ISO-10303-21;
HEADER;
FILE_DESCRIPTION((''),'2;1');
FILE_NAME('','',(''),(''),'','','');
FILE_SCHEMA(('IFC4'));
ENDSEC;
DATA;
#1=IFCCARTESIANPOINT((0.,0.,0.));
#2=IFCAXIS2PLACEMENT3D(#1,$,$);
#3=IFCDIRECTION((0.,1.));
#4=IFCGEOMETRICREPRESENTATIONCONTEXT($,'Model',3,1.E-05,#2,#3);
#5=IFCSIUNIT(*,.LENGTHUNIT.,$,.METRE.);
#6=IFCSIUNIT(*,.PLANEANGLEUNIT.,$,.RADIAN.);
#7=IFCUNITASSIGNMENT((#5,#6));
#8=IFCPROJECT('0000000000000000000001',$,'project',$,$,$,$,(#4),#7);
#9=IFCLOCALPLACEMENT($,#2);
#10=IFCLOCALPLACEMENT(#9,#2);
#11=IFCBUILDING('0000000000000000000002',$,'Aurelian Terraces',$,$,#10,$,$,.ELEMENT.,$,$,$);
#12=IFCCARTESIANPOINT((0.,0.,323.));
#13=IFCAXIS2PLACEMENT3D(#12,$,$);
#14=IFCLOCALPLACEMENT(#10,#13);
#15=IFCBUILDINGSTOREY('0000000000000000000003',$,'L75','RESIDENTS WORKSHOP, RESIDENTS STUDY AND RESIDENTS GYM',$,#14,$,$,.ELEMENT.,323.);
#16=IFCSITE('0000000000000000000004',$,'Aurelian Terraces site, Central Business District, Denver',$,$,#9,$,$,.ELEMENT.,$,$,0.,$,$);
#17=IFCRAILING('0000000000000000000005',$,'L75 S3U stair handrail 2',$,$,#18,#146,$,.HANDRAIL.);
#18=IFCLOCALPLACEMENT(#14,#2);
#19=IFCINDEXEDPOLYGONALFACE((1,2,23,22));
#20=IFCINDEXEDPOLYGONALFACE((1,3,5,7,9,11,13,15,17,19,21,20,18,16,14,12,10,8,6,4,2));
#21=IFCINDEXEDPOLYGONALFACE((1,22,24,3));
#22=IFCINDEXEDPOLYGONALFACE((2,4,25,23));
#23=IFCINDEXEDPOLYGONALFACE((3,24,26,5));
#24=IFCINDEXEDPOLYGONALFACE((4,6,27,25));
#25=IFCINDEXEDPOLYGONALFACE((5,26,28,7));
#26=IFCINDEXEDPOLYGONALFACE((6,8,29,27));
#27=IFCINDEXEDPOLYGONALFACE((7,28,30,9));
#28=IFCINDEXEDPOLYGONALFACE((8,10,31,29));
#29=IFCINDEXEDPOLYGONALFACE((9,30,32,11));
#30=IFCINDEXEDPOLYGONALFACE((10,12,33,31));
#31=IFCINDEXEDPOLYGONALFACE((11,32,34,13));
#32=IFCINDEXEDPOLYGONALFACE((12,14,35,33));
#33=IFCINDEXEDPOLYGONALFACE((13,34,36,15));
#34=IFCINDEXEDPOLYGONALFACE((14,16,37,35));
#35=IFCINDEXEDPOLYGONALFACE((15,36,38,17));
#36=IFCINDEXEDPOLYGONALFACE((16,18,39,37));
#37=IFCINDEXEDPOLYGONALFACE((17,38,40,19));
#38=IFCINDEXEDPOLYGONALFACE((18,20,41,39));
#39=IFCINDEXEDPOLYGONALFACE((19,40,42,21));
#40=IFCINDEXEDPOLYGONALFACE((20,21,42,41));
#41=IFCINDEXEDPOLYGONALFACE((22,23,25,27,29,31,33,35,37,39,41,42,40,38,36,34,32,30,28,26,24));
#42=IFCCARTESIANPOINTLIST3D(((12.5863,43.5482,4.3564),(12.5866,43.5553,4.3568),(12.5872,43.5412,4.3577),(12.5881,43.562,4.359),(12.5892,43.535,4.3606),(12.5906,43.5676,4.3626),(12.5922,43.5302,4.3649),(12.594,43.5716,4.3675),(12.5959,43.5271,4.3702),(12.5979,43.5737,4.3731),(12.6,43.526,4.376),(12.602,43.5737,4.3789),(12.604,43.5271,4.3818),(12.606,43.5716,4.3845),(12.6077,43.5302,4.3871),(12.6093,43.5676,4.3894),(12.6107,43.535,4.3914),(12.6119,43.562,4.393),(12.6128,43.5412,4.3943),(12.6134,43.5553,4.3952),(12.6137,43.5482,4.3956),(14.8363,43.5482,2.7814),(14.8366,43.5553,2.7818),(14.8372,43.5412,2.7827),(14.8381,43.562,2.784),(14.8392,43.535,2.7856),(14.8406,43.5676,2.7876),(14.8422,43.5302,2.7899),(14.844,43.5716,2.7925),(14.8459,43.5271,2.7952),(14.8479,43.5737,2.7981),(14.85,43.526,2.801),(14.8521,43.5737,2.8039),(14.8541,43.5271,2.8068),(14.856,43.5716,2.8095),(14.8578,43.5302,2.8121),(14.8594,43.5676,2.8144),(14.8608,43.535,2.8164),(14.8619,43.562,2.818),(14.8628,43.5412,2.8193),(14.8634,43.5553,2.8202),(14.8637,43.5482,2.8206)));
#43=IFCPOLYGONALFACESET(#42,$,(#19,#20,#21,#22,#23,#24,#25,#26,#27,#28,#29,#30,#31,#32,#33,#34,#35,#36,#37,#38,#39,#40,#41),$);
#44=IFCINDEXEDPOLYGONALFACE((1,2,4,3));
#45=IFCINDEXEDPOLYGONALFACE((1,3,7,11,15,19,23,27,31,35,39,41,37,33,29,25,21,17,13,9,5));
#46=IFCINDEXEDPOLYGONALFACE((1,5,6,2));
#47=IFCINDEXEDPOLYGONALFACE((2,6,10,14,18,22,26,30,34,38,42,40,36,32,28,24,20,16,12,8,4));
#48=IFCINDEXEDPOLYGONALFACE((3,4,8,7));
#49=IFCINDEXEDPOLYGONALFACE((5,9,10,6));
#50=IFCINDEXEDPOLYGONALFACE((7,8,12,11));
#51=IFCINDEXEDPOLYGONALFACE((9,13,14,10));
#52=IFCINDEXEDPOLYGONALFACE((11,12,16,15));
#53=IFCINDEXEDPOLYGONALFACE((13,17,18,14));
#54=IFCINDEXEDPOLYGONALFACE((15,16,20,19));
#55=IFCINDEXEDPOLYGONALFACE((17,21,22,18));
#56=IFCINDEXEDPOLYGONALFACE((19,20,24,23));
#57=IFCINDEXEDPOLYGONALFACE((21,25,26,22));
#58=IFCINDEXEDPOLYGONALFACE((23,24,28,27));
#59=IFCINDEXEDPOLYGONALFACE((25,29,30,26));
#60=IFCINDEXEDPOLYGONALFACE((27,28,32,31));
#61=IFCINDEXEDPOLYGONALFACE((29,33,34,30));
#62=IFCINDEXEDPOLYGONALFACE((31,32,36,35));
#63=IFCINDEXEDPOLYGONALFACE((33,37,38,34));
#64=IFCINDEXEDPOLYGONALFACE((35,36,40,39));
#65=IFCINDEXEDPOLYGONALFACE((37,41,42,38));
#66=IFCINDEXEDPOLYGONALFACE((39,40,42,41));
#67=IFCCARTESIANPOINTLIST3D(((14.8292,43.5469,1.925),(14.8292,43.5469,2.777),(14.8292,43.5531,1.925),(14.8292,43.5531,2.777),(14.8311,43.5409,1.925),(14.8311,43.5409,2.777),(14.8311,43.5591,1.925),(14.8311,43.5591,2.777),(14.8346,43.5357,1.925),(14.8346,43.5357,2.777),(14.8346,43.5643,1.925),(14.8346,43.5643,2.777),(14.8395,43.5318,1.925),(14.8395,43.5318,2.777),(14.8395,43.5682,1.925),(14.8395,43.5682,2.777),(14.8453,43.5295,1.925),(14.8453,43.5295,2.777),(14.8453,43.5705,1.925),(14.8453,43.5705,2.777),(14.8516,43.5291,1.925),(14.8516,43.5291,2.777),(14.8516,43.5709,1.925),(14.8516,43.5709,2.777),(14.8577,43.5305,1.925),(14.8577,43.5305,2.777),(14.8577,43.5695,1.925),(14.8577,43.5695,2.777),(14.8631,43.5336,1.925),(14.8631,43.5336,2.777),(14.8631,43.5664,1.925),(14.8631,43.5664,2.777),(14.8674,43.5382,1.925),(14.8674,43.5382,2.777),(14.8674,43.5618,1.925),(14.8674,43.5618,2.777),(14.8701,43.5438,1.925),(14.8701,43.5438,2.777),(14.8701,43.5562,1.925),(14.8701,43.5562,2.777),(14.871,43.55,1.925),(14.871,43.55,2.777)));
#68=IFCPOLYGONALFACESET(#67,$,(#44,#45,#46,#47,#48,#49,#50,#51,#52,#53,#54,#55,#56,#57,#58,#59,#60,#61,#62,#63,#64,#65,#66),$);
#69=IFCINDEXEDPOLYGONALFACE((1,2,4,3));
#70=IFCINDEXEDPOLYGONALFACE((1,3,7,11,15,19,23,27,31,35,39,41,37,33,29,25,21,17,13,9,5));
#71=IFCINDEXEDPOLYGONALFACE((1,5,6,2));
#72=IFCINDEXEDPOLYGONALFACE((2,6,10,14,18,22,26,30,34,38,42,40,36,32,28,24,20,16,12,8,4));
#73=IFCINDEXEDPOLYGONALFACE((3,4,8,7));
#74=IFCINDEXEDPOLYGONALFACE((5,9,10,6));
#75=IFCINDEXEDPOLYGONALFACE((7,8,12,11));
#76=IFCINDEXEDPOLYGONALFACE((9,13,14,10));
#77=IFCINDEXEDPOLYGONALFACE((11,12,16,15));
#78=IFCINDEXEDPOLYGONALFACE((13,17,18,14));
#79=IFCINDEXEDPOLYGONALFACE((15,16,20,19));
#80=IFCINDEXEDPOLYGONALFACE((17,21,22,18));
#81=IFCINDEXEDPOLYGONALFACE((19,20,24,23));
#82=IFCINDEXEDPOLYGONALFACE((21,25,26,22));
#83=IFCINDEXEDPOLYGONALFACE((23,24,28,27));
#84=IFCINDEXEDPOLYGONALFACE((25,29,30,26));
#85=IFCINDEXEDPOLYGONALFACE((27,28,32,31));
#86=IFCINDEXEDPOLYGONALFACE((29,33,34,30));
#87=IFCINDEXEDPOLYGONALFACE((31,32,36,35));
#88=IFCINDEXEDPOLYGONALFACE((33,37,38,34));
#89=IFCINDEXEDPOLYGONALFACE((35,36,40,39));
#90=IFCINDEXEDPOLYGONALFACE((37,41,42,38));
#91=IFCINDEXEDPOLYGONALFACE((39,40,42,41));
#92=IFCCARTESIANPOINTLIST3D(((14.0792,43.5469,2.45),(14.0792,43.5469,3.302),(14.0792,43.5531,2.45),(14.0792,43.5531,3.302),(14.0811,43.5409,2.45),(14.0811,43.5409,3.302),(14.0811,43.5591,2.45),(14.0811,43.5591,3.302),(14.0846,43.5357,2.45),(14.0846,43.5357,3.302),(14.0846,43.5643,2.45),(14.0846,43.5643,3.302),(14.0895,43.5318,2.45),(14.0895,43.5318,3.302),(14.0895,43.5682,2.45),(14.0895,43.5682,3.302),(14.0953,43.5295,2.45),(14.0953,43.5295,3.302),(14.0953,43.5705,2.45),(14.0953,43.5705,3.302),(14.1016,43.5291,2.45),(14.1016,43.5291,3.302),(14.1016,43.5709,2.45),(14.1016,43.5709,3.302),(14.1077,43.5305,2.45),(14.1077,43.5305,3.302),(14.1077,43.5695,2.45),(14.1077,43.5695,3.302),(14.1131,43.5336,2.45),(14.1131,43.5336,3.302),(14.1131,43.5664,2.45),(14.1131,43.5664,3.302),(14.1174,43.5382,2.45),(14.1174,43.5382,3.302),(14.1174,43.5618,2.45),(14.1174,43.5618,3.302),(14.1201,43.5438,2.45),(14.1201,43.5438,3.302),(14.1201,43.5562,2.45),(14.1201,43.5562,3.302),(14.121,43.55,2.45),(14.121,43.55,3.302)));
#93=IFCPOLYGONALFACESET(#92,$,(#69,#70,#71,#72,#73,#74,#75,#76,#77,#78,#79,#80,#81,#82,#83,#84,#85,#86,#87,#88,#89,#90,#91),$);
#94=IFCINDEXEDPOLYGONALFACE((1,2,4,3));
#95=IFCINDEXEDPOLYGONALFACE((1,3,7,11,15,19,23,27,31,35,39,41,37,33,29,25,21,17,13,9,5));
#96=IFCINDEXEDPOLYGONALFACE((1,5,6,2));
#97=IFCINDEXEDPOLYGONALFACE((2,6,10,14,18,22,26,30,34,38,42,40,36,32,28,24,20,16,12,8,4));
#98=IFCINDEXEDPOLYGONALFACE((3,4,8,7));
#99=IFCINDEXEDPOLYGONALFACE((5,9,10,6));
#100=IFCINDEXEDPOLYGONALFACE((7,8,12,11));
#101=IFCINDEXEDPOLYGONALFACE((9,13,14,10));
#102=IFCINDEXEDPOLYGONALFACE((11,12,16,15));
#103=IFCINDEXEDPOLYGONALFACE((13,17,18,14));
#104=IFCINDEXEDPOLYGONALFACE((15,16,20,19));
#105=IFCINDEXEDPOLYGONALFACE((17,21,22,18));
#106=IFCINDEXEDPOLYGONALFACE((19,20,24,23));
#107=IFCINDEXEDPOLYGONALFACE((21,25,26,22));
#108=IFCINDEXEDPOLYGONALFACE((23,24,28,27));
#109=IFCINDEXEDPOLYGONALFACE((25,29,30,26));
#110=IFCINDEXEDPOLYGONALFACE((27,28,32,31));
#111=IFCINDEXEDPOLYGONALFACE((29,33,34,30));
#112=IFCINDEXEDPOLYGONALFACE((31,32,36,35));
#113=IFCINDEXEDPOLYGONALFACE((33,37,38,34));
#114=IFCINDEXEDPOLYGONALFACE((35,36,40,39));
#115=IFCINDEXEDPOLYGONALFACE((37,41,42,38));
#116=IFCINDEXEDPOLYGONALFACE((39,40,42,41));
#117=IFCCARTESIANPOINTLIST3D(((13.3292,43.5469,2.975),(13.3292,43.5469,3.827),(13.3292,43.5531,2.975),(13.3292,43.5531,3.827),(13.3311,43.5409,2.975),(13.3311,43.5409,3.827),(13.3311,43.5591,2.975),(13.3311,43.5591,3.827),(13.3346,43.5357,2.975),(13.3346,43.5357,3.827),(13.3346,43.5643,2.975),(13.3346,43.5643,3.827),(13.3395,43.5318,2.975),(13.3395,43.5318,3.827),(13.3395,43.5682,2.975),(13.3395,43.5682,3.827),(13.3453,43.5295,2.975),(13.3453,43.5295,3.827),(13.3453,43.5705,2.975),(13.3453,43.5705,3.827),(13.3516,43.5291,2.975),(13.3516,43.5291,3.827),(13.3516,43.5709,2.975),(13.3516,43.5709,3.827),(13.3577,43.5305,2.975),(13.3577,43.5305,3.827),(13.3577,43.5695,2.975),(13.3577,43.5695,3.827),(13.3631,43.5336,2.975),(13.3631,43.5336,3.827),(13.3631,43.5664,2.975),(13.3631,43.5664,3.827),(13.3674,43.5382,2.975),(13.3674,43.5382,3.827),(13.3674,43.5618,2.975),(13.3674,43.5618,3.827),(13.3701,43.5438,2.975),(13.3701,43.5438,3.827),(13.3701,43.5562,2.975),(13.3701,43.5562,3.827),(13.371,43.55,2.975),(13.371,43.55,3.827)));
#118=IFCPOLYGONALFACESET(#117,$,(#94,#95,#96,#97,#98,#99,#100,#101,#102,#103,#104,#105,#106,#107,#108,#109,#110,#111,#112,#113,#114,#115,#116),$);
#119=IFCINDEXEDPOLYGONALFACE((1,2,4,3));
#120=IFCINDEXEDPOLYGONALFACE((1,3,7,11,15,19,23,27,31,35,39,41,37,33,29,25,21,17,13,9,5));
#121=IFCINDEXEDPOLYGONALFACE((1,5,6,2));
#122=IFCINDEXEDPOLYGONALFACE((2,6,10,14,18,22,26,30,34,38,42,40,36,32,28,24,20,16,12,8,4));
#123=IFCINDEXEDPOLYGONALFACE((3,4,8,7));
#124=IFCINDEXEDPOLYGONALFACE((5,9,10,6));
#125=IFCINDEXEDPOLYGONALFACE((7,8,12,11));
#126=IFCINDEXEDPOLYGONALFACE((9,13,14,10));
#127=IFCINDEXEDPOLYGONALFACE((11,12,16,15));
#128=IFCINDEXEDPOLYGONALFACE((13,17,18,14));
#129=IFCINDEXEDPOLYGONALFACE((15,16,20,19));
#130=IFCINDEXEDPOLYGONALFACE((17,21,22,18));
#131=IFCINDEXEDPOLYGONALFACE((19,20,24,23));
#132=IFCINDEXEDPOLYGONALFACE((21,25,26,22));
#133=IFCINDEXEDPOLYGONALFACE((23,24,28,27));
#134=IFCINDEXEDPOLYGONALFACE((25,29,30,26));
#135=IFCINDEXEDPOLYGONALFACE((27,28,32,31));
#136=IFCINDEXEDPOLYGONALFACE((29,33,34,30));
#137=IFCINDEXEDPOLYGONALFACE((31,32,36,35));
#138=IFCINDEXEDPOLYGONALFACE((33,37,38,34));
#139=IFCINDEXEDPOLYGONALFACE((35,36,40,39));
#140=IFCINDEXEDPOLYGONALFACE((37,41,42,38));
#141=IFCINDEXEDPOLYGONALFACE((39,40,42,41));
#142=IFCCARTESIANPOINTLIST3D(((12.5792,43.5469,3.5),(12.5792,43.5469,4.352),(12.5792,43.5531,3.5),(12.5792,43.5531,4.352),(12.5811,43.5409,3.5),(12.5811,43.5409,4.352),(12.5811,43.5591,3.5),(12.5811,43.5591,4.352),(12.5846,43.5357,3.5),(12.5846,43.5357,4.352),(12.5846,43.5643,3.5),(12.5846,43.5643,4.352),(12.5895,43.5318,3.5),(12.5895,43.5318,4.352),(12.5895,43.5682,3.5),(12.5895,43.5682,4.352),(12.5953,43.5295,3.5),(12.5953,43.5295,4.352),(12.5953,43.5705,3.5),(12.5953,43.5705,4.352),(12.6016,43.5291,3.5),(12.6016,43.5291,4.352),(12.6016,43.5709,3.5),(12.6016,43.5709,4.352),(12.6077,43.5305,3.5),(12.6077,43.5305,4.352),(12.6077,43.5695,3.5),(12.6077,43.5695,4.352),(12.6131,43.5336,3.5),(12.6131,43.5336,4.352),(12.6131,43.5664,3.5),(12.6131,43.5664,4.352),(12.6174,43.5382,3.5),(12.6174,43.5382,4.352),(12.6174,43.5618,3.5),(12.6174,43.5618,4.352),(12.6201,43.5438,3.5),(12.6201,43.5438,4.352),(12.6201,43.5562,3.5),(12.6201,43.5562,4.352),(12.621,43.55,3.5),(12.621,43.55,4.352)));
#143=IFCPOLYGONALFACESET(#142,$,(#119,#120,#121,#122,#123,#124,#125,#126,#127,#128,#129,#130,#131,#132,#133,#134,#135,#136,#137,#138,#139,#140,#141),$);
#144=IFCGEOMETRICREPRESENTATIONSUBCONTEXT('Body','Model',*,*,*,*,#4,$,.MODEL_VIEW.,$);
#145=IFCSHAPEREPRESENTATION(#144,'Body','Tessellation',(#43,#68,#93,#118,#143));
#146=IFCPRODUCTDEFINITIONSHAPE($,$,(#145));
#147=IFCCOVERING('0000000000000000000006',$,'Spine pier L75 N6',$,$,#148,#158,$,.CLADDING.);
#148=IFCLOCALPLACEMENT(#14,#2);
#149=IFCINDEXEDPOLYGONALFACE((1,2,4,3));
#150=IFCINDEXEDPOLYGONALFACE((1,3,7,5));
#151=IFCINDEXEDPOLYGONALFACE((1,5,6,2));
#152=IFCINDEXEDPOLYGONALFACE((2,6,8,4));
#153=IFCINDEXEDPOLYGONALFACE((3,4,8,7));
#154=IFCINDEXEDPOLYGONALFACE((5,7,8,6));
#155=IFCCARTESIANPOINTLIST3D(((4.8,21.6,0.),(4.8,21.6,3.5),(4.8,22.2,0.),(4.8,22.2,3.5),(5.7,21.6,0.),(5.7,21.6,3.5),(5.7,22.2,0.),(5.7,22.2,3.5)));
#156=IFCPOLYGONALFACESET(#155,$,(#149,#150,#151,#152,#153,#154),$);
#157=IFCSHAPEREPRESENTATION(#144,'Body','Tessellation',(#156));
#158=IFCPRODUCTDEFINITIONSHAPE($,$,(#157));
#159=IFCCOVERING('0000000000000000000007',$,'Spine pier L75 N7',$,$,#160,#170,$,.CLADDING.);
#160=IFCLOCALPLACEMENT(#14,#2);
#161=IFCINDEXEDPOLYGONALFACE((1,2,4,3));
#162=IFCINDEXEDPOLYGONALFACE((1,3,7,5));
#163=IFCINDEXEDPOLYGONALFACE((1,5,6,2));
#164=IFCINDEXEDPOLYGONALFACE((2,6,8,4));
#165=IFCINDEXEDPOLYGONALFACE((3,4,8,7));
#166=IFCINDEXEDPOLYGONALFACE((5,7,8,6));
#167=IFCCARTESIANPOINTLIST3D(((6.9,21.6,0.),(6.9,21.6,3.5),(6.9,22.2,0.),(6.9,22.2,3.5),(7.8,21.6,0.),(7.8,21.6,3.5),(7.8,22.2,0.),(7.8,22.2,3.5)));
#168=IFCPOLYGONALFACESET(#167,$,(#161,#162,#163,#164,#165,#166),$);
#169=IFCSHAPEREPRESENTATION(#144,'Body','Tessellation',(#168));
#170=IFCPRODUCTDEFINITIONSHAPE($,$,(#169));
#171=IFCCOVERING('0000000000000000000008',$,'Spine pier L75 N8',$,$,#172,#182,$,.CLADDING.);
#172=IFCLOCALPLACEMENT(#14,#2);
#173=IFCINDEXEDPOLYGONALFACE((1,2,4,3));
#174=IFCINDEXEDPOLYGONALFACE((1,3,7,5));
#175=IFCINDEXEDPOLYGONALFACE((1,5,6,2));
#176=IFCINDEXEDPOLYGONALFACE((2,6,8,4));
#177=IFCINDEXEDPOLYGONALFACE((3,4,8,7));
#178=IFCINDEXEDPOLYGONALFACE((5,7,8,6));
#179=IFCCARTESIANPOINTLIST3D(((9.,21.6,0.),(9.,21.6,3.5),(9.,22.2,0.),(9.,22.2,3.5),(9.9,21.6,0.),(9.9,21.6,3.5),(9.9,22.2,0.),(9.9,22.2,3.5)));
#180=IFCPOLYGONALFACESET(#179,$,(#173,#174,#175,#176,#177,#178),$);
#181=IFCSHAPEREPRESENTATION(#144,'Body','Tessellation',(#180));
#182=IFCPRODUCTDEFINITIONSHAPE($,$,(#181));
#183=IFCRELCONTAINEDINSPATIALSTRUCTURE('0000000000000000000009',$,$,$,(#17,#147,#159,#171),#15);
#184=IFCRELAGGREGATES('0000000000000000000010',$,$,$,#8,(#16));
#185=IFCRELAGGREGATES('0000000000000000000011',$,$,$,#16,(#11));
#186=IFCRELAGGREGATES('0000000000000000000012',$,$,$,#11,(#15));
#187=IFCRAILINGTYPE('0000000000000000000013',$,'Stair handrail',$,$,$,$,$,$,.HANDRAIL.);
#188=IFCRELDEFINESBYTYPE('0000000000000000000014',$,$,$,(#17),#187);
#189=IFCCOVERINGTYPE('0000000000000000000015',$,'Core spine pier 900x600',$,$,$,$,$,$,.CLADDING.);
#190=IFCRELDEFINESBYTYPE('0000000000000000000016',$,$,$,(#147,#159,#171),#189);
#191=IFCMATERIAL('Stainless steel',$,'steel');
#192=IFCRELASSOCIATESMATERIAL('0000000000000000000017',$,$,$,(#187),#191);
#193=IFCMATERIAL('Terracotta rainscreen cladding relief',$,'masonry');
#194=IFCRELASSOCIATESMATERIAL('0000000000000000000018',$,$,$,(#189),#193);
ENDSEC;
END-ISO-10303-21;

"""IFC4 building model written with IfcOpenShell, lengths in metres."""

from ifc_helpers import new_model, si_unit, direction, frame, origin, origin_2d, place, context, subcontext, project, spatial, rectangle, circle, extrude, source, transform, mapped, material, type_object, element, save


model = new_model("IFC4")

# Units and contexts
model_context = context("Model", 3, precision=1e-05, world=origin(), true_north=direction((0.0, 1.0)))
body_context = subcontext(model_context, "Body", "Model", "MODEL_VIEW")
ifc_project = project(units=[si_unit("LENGTHUNIT", "METRE"), si_unit("PLANEANGLEUNIT", "RADIAN")], contexts=[model_context])

# Site, building, storey
site_placement = place(None, origin())
site = spatial("IfcSite", under=ifc_project, at=site_placement, Name="Aurelian Terraces site, Central Business District, Denver", CompositionType="ELEMENT", RefElevation=0.0)
building_placement = place(site_placement, origin())
building = spatial("IfcBuilding", under=site, at=building_placement, Name="Aurelian Terraces", CompositionType="ELEMENT")
storey_placement = place(building_placement, frame((0.0, 0.0, 323.0)))
storey = spatial("IfcBuildingStorey", under=building, at=storey_placement, Name="L75", Description="RESIDENTS WORKSHOP, RESIDENTS STUDY AND RESIDENTS GYM", CompositionType="ELEMENT", Elevation=323.0)

# Shared definitions
ifc_material_1 = material(Name="Terracotta rainscreen cladding relief", Category="masonry")

# Railing
ifc_material_2 = material(Name="Stainless steel", Category="steel")
railing_type_1 = type_object("IfcRailingType", Name="Stair handrail", PredefinedType="HANDRAIL", material=ifc_material_2)
shared_shape_1 = source(origin(), body_context, "Body", "SweptSolid", [
    extrude(circle(Radius=0.024, at=origin_2d()), frame((0.0, 0.0, 0.876), z_axis=(-0.819232, 0.0, 0.573462), x_axis=(0.0, -1.0, 0.0)), (0.0, 0.0, 1.0), 2.7465),
    extrude(circle(Radius=0.021, at=origin_2d()), origin(), (0.0, 0.0, 1.0), 0.852),
    extrude(circle(Radius=0.021, at=origin_2d()), frame((-0.75, 0.0, 0.525)), (0.0, 0.0, 1.0), 0.852),
    extrude(circle(Radius=0.021, at=origin_2d()), frame((-1.5, 0.0, 1.05)), (0.0, 0.0, 1.0), 0.852),
    extrude(circle(Radius=0.021, at=origin_2d()), frame((-2.25, 0.0, 1.575)), (0.0, 0.0, 1.0), 0.852),
])
railing_1_placement = place(storey_placement, frame((14.85, 43.55, 1.925)))
element("IfcRailing", 1, at=railing_1_placement, inside=storey, type_object=railing_type_1, Name="L75 S3U stair handrail 2", PredefinedType="HANDRAIL", context=body_context, shape_type="MappedRepresentation", body=[
    mapped(shared_shape_1, transform((0.0, 0.0, 0.0), scale=1.0)),
])

# Coverings
covering_type_1 = type_object("IfcCoveringType", Name="Core spine pier 900x600", PredefinedType="CLADDING", material=ifc_material_1)
shared_shape_2 = source(origin(), body_context, "Body", "SweptSolid", [
    extrude(rectangle(XDim=0.9, YDim=0.6, at=origin_2d()), origin(), (0.0, 0.0, 1.0), 3.5),
])
for number, where, z_axis, x_axis, name in (
    (2, (5.25, 21.9, 0.0), (0.0, 0.0, 1.0), (1.0, 0.0, 0.0), "Spine pier L75 N6"),
    (3, (7.35, 21.9, 0.0), (0.0, 0.0, 1.0), (1.0, 0.0, 0.0), "Spine pier L75 N7"),
    (4, (9.45, 21.9, 0.0), (0.0, 0.0, 1.0), (1.0, 0.0, 0.0), "Spine pier L75 N8"),
):
    element("IfcCovering", number, at=place(storey_placement, frame(where, z_axis=z_axis, x_axis=x_axis)), inside=storey, type_object=covering_type_1, Name=name, PredefinedType="CLADDING", context=body_context, shape_type="MappedRepresentation", body=[
        mapped(shared_shape_2, transform((0.0, 0.0, 0.0), scale=1.0)),
    ])

save(model, "model.ifc")
